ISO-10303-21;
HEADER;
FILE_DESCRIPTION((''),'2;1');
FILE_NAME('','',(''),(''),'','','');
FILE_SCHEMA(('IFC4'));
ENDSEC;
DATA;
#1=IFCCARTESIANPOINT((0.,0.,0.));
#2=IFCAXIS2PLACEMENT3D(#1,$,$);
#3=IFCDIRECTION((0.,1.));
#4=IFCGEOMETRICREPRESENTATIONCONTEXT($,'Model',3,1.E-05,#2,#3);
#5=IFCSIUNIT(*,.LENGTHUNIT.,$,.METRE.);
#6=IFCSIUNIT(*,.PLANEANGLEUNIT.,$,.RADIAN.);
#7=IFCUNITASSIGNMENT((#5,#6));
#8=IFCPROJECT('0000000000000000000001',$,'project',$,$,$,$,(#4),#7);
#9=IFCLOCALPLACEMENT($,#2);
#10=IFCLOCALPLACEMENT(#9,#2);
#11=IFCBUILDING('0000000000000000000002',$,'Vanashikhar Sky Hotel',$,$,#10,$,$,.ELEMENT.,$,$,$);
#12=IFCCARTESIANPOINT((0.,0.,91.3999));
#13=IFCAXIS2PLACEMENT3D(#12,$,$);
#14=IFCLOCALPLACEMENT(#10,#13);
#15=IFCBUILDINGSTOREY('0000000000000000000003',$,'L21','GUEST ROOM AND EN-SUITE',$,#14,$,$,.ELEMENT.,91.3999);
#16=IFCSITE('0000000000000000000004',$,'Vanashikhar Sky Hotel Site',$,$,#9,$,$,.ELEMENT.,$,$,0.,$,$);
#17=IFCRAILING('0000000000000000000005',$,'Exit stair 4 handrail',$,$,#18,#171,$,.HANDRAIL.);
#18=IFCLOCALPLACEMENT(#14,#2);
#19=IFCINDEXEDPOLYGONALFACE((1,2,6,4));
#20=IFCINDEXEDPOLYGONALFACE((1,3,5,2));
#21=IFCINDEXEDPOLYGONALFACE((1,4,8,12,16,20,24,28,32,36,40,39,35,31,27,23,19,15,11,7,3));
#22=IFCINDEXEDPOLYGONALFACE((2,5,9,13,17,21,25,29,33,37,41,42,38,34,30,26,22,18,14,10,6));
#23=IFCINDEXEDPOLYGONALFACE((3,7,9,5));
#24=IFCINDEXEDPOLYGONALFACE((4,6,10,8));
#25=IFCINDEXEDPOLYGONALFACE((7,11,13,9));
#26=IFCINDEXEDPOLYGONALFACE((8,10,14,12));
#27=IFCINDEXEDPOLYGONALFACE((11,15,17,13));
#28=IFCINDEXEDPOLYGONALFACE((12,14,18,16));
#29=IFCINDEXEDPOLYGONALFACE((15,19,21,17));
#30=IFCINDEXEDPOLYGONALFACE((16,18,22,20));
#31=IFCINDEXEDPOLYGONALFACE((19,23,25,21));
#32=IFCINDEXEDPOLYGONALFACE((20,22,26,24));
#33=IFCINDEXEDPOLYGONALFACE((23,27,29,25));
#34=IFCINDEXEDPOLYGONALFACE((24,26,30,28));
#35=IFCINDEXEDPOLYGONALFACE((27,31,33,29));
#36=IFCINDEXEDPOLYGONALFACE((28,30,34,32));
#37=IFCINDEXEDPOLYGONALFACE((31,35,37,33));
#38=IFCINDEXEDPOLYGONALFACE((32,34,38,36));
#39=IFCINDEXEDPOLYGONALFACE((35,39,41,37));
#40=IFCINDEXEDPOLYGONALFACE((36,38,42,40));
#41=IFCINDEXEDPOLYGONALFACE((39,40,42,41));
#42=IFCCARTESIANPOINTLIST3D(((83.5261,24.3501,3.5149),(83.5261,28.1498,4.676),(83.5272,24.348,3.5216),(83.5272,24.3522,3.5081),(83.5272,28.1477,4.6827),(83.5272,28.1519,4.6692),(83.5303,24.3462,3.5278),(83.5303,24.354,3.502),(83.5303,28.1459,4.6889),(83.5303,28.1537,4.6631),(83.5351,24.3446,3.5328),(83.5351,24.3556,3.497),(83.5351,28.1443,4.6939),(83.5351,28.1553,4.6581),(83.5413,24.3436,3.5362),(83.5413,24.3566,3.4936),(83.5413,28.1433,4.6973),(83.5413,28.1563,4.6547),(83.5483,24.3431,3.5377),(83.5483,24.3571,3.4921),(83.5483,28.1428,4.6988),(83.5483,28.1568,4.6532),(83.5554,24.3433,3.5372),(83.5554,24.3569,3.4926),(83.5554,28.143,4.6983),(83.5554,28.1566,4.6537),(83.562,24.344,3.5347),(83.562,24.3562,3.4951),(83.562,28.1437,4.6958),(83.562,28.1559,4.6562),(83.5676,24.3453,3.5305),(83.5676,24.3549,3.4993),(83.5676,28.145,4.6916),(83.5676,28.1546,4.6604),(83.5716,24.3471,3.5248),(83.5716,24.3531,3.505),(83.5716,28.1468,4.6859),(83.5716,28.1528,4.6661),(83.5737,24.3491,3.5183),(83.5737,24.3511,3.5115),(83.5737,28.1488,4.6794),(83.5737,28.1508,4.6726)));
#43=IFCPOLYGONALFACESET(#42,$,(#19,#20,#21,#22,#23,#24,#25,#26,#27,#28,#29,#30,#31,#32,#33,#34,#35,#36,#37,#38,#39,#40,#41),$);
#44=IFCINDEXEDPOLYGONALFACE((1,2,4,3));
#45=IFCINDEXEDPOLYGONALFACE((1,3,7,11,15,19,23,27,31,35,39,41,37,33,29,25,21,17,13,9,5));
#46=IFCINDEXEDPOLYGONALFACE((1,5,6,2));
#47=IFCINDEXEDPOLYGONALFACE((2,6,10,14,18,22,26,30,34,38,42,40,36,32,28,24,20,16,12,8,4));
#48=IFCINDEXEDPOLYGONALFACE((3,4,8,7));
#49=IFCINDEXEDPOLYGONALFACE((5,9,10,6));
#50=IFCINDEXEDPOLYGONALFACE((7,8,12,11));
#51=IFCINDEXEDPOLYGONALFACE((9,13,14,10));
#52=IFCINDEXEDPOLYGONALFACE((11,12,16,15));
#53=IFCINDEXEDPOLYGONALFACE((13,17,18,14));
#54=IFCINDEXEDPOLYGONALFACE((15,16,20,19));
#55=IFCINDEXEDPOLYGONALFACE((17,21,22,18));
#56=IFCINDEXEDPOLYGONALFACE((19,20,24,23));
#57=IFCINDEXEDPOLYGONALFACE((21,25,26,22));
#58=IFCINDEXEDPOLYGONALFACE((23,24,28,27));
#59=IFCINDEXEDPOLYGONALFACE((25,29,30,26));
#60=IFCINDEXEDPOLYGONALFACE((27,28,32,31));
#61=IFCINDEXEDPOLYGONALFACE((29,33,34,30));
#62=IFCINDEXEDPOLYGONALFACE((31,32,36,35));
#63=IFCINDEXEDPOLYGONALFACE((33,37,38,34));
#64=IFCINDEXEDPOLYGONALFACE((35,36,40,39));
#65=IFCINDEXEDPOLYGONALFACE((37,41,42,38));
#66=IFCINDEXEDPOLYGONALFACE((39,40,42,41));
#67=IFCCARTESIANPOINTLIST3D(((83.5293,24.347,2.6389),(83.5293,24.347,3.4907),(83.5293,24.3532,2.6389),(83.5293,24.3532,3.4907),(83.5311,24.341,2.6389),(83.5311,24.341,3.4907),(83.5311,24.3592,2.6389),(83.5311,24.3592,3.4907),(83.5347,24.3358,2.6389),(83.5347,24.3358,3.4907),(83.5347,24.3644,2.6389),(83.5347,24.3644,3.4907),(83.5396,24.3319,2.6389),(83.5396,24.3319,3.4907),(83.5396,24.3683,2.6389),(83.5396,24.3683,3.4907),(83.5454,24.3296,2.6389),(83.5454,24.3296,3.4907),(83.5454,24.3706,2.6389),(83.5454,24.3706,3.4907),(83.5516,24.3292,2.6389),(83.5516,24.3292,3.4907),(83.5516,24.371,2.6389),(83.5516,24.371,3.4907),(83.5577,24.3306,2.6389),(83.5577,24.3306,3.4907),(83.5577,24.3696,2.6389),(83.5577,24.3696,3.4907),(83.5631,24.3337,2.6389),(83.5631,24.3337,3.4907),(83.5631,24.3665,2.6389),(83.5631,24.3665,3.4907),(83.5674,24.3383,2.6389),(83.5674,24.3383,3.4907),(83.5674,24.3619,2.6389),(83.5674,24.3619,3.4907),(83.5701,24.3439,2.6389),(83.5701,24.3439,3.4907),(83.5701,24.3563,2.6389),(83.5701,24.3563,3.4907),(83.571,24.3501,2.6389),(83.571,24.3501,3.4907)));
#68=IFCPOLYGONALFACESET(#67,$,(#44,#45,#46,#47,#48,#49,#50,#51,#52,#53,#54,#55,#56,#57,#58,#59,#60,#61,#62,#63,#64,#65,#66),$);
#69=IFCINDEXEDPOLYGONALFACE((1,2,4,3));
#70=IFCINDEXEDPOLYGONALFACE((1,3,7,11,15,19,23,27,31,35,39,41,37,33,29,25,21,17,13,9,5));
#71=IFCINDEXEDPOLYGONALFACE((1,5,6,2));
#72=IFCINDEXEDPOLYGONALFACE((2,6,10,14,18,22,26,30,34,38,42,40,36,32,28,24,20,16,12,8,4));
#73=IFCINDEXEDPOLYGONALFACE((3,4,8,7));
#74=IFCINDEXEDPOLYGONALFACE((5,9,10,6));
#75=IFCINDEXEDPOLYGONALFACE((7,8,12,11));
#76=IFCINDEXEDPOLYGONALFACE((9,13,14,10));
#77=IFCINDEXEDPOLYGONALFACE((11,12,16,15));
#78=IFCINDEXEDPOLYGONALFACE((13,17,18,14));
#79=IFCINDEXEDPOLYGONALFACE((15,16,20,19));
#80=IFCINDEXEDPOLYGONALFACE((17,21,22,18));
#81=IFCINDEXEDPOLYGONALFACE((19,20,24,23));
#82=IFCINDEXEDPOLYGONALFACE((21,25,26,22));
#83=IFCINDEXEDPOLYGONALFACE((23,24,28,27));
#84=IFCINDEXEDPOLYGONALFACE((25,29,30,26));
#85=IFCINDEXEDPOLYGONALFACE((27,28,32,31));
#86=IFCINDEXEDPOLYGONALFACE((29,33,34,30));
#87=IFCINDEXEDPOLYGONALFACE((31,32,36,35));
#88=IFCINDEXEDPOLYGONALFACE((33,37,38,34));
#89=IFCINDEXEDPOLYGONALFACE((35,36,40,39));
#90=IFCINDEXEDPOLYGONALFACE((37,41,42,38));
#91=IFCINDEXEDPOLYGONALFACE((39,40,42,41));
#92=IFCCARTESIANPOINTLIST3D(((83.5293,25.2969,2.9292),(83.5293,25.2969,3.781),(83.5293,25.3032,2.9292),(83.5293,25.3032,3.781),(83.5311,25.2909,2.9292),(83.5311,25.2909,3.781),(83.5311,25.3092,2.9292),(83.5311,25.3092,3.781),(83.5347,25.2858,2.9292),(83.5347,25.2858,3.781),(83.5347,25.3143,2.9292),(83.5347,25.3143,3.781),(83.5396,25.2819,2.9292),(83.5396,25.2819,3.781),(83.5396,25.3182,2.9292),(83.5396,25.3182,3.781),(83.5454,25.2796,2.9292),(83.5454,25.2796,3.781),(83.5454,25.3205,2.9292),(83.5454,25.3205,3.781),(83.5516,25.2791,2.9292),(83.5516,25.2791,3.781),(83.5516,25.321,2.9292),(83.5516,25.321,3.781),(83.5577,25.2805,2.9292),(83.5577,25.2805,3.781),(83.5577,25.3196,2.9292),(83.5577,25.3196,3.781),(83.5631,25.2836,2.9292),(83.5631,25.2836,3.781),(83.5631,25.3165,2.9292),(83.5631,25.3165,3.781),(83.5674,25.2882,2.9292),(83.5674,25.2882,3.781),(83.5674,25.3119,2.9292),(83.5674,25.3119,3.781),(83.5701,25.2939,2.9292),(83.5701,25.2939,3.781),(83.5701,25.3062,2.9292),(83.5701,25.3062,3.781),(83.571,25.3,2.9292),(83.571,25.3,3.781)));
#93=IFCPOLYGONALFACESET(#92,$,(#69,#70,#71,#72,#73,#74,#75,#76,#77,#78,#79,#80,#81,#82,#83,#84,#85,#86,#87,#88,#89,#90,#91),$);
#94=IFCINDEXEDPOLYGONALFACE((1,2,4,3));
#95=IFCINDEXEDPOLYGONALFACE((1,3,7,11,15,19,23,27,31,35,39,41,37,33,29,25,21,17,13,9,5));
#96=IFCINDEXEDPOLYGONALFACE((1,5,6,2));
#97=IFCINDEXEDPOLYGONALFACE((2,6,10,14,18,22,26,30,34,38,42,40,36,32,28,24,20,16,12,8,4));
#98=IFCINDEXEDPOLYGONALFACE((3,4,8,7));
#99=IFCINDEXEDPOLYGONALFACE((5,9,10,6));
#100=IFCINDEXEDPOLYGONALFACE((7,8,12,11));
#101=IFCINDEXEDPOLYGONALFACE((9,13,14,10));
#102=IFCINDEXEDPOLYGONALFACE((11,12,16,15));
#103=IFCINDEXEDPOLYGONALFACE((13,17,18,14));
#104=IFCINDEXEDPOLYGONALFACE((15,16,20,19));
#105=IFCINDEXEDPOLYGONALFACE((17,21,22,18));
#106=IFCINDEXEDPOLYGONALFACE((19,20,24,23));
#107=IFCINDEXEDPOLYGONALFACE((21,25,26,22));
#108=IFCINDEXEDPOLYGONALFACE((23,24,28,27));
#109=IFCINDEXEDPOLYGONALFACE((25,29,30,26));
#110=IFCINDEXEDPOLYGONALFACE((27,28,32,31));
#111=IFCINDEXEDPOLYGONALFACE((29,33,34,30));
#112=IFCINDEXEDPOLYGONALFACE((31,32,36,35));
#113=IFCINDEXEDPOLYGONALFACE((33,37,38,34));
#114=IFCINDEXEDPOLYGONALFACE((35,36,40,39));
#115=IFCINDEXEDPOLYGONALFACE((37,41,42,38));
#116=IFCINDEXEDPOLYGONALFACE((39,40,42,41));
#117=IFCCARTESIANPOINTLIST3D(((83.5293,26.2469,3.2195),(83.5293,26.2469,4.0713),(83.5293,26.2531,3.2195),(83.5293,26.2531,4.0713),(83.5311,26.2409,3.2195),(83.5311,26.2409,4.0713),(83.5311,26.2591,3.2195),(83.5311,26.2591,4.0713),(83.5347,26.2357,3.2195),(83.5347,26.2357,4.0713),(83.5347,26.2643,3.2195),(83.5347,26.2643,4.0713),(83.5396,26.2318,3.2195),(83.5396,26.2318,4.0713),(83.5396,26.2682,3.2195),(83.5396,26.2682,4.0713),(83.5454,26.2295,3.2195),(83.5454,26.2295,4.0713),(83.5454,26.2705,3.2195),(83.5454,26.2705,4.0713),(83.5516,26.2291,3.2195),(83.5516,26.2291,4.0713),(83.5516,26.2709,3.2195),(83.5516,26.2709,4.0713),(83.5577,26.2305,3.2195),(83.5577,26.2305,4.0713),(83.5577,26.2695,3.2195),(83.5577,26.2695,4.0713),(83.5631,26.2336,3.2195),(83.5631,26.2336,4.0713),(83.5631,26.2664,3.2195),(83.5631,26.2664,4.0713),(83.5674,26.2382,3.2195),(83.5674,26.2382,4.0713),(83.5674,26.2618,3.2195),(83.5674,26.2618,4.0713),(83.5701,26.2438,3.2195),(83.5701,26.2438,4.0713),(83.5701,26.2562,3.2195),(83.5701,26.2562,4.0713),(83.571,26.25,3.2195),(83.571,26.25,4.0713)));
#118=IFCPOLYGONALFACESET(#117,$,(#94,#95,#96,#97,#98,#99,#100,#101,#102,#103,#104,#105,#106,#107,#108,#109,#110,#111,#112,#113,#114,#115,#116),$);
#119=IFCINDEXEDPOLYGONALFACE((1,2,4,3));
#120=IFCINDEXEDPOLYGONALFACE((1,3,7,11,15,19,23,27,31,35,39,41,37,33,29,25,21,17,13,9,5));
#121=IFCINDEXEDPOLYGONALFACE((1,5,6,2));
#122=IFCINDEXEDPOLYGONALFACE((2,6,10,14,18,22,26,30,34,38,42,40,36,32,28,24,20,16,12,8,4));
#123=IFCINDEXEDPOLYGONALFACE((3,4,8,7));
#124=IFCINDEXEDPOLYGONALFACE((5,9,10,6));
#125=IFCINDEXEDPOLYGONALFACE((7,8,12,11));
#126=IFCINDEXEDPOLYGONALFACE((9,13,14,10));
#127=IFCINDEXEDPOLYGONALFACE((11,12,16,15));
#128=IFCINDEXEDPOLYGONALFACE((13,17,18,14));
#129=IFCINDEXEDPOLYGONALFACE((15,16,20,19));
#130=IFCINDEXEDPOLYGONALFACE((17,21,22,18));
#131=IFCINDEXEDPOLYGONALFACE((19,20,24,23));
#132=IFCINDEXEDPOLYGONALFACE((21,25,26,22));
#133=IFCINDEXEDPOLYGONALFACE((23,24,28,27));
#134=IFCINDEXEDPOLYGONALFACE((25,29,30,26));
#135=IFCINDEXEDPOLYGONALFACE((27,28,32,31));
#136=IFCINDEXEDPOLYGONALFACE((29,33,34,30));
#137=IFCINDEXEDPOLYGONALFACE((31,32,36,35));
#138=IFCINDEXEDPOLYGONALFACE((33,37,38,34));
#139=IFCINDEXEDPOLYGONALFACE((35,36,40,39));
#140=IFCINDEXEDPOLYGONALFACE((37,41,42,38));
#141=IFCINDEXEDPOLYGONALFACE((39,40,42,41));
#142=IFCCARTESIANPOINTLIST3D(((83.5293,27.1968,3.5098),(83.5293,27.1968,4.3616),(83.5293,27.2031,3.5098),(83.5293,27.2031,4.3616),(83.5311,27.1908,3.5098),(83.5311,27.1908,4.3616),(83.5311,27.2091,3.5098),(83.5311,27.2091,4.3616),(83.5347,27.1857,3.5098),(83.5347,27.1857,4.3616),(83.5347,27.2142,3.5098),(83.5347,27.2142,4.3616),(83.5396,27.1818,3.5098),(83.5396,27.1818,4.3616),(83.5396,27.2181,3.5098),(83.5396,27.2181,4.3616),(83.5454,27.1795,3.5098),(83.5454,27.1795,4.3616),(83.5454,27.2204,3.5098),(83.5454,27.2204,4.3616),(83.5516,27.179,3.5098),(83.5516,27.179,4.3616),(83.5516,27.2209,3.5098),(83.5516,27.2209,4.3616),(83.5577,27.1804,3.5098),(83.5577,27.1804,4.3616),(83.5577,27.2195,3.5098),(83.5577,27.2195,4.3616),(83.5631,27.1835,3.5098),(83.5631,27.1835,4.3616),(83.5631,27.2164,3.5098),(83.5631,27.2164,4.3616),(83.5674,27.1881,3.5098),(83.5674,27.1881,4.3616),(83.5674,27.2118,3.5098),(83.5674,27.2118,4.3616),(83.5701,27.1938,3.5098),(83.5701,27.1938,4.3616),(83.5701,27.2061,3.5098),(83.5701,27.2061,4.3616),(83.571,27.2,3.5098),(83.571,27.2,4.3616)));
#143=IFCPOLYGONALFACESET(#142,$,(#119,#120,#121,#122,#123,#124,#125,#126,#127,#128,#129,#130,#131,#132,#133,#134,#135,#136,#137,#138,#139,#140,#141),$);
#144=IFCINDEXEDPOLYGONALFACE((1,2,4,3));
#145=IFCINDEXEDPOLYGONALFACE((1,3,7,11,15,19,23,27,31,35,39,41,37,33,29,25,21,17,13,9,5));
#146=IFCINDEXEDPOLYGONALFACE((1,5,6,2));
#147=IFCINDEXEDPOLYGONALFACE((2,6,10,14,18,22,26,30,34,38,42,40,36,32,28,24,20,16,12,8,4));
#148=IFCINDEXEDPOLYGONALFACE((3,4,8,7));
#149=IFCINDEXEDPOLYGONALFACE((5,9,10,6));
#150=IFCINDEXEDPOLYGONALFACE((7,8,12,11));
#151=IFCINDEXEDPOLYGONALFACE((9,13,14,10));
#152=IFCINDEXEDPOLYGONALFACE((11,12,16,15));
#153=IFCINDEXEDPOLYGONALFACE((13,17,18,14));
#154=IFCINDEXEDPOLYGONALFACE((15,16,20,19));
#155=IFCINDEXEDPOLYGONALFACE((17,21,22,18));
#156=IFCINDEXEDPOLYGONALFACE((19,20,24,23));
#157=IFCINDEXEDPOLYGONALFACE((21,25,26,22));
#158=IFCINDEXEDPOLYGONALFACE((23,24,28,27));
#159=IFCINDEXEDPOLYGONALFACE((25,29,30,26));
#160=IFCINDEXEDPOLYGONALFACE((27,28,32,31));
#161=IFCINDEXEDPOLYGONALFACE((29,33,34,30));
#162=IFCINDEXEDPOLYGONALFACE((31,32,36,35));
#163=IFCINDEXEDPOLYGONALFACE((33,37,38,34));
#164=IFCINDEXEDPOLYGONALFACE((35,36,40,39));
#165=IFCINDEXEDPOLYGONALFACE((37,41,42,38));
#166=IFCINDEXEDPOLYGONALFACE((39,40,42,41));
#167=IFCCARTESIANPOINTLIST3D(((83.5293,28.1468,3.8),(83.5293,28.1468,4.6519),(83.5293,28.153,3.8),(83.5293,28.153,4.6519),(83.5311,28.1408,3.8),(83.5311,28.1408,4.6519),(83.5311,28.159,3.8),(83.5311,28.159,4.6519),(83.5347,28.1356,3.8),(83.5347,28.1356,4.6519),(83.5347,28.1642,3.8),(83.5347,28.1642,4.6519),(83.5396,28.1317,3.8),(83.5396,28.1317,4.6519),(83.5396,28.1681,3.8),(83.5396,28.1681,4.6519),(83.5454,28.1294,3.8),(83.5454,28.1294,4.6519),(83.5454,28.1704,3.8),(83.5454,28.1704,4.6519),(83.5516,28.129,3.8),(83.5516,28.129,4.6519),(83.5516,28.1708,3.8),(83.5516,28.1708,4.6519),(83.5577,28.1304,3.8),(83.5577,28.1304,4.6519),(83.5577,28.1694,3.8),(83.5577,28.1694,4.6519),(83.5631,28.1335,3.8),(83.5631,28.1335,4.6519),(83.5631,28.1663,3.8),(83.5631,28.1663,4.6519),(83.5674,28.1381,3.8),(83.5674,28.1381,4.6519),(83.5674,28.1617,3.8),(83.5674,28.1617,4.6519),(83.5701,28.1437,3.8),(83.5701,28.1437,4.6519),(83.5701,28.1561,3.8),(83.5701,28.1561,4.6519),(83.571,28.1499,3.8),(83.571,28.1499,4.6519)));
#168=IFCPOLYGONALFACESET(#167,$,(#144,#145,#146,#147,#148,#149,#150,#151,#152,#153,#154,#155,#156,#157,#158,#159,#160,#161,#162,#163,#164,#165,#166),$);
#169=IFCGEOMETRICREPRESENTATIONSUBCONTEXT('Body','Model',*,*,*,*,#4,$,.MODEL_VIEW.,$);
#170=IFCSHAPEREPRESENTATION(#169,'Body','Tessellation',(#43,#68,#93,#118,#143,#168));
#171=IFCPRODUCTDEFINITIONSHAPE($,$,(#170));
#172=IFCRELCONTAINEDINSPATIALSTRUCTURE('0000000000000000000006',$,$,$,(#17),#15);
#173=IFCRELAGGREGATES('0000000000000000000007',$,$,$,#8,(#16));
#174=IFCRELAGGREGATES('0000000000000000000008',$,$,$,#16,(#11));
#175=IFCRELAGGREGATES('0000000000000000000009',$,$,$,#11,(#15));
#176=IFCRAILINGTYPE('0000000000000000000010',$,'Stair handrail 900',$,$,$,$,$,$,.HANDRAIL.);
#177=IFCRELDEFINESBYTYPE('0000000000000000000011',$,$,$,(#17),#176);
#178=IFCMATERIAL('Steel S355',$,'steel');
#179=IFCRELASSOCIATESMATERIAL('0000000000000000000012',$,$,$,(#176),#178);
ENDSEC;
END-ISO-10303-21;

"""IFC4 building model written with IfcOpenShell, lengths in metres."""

from ifc_helpers import new_model, si_unit, direction, frame, origin, origin_2d, place, context, subcontext, project, spatial, circle, extrude, source, transform, mapped, material, type_object, element, save


model = new_model("IFC4")

# Units and contexts
model_context = context("Model", 3, precision=1e-05, world=origin(), true_north=direction((0.0, 1.0)))
body_context = subcontext(model_context, "Body", "Model", "MODEL_VIEW")
ifc_project = project(units=[si_unit("LENGTHUNIT", "METRE"), si_unit("PLANEANGLEUNIT", "RADIAN")], contexts=[model_context])

# Site, building, storey
site_placement = place(None, origin())
site = spatial("IfcSite", under=ifc_project, at=site_placement, Name="Vanashikhar Sky Hotel Site", CompositionType="ELEMENT", RefElevation=0.0)
building_placement = place(site_placement, origin())
building = spatial("IfcBuilding", under=site, at=building_placement, Name="Vanashikhar Sky Hotel", CompositionType="ELEMENT")
storey_placement = place(building_placement, frame((0.0, 0.0, 91.3999)))
storey = spatial("IfcBuildingStorey", under=building, at=storey_placement, Name="L21", Description="GUEST ROOM AND EN-SUITE", CompositionType="ELEMENT", Elevation=91.3999)

# Railing
ifc_material_1 = material(Name="Steel S355", Category="steel")
railing_type_1 = type_object("IfcRailingType", Name="Stair handrail 900", PredefinedType="HANDRAIL", material=ifc_material_1)
shared_shape_1 = source(origin(), body_context, "Body", "SweptSolid", [
    extrude(circle(Radius=0.0239, at=origin_2d()), frame((0.0, 0.0, 0.876), z_axis=(0.0, 0.956346, 0.292237), x_axis=(-1.0, 0.0, 0.0)), (0.0, 0.0, 1.0), 3.9731),
    extrude(circle(Radius=0.021, at=origin_2d()), origin(), (0.0, 0.0, 1.0), 0.8518),
    extrude(circle(Radius=0.021, at=origin_2d()), frame((0.0, 0.95, 0.2903)), (0.0, 0.0, 1.0), 0.8518),
    extrude(circle(Radius=0.021, at=origin_2d()), frame((0.0, 1.8999, 0.5806)), (0.0, 0.0, 1.0), 0.8518),
    extrude(circle(Radius=0.021, at=origin_2d()), frame((0.0, 2.8499, 0.8708)), (0.0, 0.0, 1.0), 0.8518),
    extrude(circle(Radius=0.021, at=origin_2d()), frame((0.0, 3.7998, 1.1611)), (0.0, 0.0, 1.0), 0.8518),
])
for number, where, name in (
    (1, (83.55, 24.3501, 2.6389), "Exit stair 4 handrail"),
):
    element("IfcRailing", number, at=place(storey_placement, frame(where)), inside=storey, type_object=railing_type_1, Name=name, PredefinedType="HANDRAIL", context=body_context, shape_type="MappedRepresentation", body=[
        mapped(shared_shape_1, transform((0.0, 0.0, 0.0), scale=1.0)),
    ])

save(model, "model.ifc")
